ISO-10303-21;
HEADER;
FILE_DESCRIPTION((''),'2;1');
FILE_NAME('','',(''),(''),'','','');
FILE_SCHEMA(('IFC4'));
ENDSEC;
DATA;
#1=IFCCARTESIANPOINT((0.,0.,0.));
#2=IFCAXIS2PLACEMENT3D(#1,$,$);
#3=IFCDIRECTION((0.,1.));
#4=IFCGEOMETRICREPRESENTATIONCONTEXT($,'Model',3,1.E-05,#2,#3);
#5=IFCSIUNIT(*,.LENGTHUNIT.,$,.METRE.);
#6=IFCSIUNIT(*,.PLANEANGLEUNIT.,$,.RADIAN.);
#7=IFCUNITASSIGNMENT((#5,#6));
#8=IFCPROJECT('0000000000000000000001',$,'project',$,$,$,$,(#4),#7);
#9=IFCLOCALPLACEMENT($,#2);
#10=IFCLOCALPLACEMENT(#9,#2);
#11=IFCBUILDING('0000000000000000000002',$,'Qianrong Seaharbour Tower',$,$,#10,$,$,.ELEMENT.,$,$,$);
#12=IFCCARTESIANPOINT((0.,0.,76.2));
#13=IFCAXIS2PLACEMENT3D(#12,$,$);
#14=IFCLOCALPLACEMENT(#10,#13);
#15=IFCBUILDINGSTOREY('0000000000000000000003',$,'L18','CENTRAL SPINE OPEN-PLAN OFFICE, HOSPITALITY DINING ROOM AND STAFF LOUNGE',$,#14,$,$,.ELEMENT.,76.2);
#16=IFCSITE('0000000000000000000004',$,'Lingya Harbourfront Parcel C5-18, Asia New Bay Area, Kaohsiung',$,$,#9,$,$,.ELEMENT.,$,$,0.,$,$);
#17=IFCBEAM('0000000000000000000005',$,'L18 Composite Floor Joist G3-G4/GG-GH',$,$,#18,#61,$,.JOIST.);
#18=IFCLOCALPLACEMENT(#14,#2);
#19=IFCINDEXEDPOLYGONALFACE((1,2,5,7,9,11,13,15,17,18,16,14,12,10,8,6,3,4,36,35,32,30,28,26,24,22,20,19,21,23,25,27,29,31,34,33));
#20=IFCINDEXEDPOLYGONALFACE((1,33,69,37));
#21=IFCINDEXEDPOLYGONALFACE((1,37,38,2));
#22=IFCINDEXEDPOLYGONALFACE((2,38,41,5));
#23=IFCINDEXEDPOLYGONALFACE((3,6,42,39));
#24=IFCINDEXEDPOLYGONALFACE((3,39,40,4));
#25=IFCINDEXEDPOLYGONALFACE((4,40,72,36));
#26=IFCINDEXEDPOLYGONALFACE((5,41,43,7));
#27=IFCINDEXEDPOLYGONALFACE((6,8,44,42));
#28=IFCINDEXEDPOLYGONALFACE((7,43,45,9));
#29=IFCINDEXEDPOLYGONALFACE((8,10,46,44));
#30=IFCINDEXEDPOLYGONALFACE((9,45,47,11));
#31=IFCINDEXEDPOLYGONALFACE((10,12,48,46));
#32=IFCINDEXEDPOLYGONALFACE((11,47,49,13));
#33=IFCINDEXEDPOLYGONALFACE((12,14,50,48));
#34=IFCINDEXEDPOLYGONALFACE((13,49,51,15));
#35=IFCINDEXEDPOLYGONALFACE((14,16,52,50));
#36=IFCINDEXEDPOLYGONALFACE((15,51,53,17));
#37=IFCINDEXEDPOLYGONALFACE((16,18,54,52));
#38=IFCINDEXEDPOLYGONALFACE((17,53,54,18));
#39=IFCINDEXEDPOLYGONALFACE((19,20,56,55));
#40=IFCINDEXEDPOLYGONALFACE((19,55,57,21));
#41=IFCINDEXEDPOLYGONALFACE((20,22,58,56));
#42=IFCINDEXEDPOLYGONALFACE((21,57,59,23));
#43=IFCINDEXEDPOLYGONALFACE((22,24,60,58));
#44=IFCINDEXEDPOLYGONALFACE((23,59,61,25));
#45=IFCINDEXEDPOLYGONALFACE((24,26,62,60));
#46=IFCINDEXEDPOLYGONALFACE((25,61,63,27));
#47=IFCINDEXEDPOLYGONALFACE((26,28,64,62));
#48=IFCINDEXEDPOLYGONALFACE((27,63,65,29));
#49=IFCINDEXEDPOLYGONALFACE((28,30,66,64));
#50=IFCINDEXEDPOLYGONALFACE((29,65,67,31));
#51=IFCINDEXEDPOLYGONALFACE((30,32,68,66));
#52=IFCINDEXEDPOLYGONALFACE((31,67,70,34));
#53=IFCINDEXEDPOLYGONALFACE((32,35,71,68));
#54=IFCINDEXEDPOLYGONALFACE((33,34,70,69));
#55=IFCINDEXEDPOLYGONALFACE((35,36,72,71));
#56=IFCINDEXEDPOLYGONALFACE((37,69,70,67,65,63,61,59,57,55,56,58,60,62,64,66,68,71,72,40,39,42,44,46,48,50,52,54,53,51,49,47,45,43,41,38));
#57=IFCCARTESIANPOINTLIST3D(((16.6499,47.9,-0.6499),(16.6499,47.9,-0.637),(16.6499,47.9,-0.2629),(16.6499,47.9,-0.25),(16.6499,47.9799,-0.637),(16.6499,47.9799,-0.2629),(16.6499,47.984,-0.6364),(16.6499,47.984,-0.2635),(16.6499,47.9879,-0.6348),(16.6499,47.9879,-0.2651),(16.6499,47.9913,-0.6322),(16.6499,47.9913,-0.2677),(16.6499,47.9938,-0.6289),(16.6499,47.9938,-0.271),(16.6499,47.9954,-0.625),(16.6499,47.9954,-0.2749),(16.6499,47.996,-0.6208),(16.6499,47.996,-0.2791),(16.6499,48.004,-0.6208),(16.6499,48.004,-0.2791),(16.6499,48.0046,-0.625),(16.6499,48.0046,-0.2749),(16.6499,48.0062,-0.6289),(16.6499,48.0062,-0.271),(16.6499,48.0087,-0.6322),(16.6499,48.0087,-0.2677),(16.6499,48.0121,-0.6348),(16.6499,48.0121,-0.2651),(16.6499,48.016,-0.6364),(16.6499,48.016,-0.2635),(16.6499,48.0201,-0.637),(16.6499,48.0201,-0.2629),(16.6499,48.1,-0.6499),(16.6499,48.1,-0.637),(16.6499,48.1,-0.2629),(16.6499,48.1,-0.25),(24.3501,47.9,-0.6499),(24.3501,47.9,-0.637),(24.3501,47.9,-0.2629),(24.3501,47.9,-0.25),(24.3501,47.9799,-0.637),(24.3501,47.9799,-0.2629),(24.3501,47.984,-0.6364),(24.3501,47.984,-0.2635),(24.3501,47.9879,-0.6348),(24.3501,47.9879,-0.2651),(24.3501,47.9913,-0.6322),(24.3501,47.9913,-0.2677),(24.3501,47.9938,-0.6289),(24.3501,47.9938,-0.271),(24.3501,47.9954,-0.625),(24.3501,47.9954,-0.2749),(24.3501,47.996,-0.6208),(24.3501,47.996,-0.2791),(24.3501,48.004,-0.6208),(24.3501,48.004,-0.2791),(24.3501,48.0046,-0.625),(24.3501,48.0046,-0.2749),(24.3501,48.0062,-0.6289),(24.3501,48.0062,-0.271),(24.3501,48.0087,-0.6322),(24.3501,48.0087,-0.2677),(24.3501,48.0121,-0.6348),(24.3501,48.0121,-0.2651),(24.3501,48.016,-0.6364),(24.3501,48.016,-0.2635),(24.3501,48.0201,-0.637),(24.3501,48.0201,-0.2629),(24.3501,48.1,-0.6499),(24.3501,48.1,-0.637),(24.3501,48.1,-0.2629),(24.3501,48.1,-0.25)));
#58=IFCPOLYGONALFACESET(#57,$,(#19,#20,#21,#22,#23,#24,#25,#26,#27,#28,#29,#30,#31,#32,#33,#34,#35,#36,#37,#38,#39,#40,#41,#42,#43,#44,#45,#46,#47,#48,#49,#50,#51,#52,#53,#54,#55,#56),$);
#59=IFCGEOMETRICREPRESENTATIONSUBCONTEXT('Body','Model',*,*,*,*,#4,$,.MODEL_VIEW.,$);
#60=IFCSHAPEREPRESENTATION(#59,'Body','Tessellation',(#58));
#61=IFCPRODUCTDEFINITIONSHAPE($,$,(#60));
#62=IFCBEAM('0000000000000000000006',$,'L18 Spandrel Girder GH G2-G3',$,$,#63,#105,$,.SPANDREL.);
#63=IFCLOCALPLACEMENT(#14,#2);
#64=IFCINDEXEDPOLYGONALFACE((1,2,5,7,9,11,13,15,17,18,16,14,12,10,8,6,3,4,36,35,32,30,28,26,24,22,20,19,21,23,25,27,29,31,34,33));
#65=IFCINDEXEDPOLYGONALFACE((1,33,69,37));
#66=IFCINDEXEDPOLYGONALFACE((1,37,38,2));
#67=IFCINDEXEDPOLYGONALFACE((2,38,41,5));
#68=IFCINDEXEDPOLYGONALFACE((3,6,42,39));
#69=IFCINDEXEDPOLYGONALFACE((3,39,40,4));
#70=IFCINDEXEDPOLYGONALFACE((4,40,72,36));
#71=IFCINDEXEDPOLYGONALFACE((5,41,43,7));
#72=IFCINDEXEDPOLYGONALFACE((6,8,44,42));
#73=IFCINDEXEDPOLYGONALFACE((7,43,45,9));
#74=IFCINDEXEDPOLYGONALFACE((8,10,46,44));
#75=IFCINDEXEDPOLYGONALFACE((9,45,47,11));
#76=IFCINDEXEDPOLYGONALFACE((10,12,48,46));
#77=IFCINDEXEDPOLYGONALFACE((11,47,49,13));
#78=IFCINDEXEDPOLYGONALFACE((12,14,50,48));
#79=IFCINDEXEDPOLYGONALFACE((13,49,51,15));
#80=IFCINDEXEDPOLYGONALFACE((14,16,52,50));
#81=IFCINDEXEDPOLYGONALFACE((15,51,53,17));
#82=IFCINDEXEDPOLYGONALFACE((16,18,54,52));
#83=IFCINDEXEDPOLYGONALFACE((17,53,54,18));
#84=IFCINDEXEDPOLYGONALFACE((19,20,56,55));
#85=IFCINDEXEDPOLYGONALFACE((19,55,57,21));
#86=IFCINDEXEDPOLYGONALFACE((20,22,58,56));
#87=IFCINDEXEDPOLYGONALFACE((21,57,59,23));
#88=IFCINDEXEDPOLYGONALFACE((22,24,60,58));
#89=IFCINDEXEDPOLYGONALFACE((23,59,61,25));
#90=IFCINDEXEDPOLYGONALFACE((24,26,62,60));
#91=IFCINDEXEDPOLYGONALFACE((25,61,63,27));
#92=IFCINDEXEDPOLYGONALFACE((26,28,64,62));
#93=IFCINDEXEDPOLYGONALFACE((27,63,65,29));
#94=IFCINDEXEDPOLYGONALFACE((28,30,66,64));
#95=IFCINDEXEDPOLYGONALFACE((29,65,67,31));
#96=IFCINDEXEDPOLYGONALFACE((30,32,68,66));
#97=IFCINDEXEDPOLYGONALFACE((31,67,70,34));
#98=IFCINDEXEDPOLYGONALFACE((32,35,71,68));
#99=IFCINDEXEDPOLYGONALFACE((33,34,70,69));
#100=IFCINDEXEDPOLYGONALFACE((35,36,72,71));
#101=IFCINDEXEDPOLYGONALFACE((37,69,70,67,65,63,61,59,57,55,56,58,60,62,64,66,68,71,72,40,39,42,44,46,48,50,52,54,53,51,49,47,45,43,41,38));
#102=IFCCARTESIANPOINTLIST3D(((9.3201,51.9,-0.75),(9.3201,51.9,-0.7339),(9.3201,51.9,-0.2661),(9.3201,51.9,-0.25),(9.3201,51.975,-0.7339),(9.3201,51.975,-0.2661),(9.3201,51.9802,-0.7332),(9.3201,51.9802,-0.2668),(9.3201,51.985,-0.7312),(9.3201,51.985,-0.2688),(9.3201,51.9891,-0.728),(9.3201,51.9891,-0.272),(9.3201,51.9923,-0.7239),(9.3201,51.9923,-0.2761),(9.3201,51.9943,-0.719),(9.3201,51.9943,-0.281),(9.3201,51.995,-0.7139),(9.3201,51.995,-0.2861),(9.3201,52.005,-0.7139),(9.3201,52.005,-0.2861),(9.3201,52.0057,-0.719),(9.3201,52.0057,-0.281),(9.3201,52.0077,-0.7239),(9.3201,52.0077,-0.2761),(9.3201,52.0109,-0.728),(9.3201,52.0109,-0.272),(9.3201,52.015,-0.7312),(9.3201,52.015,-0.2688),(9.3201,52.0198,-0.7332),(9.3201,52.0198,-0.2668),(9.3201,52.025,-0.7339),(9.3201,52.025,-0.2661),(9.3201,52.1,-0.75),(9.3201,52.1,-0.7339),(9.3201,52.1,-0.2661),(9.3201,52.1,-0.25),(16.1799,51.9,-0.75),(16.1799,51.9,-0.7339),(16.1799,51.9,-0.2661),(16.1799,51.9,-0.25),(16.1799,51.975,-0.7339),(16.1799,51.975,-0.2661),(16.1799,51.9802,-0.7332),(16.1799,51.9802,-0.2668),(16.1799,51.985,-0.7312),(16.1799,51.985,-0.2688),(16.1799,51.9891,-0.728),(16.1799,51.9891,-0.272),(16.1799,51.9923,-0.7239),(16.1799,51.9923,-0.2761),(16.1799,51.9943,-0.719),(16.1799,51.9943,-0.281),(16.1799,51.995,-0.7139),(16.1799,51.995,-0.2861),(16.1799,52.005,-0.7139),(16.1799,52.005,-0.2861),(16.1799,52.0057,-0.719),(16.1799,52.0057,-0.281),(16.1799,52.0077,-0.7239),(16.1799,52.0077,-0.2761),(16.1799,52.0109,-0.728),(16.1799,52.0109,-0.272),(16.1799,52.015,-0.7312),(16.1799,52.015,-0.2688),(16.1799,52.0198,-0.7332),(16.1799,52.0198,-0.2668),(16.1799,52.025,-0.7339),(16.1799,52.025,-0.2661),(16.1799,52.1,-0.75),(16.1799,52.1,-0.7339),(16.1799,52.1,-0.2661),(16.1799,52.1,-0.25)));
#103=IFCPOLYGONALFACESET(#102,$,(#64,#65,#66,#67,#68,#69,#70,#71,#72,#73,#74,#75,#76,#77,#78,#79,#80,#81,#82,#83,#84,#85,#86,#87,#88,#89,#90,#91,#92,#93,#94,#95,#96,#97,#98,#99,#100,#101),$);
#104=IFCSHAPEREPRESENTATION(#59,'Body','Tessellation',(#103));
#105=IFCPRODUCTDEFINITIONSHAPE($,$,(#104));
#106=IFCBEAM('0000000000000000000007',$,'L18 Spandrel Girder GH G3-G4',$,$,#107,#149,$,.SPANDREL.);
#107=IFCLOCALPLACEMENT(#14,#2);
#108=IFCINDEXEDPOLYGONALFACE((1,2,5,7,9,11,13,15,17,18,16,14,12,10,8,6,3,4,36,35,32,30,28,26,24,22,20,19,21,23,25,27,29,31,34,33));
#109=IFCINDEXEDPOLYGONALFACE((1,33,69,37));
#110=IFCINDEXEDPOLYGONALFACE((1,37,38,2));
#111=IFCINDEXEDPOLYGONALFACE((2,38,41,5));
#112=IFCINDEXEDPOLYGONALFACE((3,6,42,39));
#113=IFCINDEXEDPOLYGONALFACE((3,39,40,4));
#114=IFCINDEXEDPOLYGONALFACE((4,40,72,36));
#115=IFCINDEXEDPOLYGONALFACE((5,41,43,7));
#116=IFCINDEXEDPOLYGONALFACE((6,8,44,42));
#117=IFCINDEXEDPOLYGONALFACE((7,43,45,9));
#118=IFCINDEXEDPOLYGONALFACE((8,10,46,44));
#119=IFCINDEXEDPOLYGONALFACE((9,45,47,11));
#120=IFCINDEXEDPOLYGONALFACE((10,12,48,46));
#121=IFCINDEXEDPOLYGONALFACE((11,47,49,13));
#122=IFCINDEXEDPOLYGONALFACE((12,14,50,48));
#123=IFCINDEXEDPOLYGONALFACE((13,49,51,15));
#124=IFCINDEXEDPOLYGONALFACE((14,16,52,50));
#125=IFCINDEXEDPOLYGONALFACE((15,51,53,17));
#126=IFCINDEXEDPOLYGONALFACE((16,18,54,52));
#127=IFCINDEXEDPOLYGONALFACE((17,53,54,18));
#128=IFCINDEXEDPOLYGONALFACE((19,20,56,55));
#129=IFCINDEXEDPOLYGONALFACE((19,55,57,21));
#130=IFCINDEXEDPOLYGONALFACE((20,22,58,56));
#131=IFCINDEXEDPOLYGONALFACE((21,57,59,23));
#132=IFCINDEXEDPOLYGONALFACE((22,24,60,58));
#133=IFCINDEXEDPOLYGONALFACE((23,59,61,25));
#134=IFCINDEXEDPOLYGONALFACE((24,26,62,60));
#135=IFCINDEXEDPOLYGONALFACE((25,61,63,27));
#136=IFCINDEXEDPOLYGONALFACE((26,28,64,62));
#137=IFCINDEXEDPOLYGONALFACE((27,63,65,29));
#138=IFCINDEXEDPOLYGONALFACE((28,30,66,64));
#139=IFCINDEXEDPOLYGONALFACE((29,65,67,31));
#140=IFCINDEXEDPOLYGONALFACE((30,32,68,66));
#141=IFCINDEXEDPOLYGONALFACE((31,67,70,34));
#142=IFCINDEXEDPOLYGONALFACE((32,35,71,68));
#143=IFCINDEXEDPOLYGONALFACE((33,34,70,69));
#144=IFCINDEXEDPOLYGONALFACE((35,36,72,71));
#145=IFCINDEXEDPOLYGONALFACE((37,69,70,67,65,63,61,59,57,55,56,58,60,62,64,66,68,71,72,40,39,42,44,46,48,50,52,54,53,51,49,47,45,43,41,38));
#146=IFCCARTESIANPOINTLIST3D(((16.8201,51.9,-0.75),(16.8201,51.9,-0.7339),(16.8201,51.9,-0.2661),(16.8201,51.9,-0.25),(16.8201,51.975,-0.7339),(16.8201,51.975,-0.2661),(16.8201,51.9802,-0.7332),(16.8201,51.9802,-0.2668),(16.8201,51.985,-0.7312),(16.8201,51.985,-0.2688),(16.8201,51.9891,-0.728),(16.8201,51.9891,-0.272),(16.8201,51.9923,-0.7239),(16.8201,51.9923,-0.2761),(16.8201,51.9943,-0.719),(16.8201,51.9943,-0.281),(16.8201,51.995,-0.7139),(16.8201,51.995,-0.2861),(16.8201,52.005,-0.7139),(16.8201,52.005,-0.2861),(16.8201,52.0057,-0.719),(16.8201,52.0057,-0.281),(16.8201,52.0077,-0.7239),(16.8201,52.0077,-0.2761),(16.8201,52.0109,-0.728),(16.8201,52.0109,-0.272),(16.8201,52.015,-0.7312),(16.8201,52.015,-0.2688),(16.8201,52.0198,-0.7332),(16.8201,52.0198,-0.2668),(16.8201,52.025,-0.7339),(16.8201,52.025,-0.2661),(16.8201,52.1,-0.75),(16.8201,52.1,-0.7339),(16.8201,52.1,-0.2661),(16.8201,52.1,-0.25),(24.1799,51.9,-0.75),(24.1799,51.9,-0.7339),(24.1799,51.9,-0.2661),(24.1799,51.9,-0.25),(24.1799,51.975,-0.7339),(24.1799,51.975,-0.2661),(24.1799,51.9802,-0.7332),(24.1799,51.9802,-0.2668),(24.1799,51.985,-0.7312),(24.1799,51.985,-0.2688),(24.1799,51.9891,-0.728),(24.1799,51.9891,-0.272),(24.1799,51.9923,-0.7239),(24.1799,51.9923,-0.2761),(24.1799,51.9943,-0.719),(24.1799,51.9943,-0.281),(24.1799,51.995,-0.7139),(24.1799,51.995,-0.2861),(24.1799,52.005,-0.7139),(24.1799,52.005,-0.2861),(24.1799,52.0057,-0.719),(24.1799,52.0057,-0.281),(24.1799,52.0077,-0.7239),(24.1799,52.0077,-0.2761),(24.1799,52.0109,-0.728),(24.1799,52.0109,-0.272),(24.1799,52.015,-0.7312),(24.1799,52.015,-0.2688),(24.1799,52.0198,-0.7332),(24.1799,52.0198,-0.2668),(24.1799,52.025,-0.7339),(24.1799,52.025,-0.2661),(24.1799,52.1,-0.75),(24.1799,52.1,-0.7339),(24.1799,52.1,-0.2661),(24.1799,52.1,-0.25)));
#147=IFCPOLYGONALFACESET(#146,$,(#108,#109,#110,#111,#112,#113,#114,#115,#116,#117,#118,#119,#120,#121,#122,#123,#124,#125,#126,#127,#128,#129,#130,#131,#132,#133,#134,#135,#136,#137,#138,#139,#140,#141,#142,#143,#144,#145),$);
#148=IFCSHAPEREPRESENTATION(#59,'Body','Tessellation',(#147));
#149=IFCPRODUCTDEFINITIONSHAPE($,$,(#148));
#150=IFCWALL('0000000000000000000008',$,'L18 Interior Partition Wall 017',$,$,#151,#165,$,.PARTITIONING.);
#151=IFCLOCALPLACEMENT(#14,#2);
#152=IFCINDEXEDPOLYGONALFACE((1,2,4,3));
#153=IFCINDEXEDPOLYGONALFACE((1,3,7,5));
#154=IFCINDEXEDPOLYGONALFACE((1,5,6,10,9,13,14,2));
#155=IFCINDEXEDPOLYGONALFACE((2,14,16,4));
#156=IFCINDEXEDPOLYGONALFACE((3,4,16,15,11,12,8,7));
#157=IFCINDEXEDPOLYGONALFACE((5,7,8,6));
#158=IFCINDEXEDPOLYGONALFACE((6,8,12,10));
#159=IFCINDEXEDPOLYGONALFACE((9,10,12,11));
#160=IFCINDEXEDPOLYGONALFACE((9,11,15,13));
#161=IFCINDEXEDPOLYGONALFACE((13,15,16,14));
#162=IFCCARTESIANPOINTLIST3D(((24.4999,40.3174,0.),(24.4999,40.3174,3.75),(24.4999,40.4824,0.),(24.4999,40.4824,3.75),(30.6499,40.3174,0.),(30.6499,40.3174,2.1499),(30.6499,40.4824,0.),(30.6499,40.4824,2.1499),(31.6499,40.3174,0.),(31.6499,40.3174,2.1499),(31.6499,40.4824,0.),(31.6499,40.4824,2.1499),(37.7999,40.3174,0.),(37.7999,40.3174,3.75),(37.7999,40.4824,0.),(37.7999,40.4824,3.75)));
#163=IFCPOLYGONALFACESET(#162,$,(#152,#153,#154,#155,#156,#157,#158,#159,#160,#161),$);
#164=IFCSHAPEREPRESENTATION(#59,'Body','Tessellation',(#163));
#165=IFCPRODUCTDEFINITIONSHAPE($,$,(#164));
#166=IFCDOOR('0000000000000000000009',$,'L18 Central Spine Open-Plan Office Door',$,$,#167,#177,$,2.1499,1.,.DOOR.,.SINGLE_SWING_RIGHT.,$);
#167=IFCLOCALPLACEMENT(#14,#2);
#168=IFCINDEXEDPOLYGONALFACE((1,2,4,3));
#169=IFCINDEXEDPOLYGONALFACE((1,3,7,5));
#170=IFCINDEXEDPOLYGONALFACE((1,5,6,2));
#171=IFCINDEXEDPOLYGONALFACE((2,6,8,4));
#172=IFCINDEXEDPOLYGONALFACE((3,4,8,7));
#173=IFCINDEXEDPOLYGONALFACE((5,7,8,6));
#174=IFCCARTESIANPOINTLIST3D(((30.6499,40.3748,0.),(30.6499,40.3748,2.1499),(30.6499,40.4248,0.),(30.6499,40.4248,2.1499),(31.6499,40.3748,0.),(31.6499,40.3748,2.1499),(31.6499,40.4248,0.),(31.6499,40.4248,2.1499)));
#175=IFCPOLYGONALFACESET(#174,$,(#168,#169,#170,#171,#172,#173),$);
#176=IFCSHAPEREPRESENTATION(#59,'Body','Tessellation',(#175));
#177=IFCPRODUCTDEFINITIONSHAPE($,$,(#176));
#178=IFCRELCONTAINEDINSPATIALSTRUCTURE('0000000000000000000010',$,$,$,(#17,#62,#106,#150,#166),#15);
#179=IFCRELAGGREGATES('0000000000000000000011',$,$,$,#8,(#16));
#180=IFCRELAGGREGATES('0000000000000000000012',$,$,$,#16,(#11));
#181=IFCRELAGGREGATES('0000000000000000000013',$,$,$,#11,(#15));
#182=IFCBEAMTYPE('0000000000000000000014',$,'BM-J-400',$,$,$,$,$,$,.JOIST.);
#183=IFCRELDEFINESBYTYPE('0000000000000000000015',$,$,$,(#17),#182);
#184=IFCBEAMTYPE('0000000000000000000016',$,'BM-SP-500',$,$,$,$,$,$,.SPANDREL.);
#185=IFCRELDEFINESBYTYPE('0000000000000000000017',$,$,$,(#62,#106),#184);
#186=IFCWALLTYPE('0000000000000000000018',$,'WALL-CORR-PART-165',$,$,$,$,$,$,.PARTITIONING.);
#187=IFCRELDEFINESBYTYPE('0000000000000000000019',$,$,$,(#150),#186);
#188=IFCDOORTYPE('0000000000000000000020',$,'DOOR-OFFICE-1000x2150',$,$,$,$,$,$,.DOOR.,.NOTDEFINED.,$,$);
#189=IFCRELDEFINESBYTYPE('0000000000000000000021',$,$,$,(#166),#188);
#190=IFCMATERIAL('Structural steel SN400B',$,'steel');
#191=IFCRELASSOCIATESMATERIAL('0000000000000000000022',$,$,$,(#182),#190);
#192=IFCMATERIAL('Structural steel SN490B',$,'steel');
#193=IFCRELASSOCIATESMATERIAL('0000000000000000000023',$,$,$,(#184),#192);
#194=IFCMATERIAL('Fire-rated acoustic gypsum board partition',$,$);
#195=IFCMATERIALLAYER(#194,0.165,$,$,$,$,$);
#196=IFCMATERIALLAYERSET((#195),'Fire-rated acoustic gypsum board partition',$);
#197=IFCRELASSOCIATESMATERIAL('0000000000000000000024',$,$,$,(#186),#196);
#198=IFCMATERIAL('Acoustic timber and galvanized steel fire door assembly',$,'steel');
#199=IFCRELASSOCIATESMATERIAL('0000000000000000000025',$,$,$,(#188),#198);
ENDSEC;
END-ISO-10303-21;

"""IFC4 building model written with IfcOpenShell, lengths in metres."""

from ifc_helpers import new_model, si_unit, direction, frame, frame_2d, origin, origin_2d, place, context, subcontext, project, spatial, rectangle, i_section, extrude, material, layer, layer_set, material_profile, profile_set, type_object, element, fill, save


model = new_model("IFC4")

# Units and contexts
model_context = context("Model", 3, precision=1e-05, world=origin(), true_north=direction((0.0, 1.0)))
body_context = subcontext(model_context, "Body", "Model", "MODEL_VIEW")
ifc_project = project(units=[si_unit("LENGTHUNIT", "METRE"), si_unit("PLANEANGLEUNIT", "RADIAN")], contexts=[model_context])

# Site, building, storey
site_placement = place(None, origin())
site = spatial("IfcSite", under=ifc_project, at=site_placement, Name="Lingya Harbourfront Parcel C5-18, Asia New Bay Area, Kaohsiung", CompositionType="ELEMENT", RefElevation=0.0)
building_placement = place(site_placement, origin())
building = spatial("IfcBuilding", under=site, at=building_placement, Name="Qianrong Seaharbour Tower", CompositionType="ELEMENT")
storey_placement = place(building_placement, frame((0.0, 0.0, 76.2)))
storey = spatial("IfcBuildingStorey", under=building, at=storey_placement, Name="L18", Description="CENTRAL SPINE OPEN-PLAN OFFICE, HOSPITALITY DINING ROOM AND STAFF LOUNGE", CompositionType="ELEMENT", Elevation=76.2)

# Shared definitions
ifc_material_1 = material(Name="Structural steel SN490B", Category="steel")

# Beams
ifc_material_2 = material(Name="Structural steel SN400B", Category="steel")
ifc_material_profile_1 = material_profile(ifc_material_2, i_section(OverallWidth=0.2, OverallDepth=0.3999, WebThickness=0.0081, FlangeThickness=0.0129, FilletRadius=0.0161, at=origin_2d()), Name="H400x200x8x13")
ifc_profile_set_1 = profile_set([ifc_material_profile_1], Name="Structural steel SN400B")
beam_type_1 = type_object("IfcBeamType", Name="BM-J-400", PredefinedType="JOIST", material=ifc_profile_set_1)
for number, where, z_axis, x_axis, name in (
    (1, (16.6499, 48.0, -0.45), (1.0, 0.0, 0.0), (0.0, 1.0, 0.0), "L18 Composite Floor Joist G3-G4/GG-GH"),
):
    element("IfcBeam", number, at=place(storey_placement, frame(where, z_axis=z_axis, x_axis=x_axis)), inside=storey, type_object=beam_type_1, Name=name, PredefinedType="JOIST", context=body_context, shape_type="SweptSolid", body=[
        extrude(i_section(OverallWidth=0.2, OverallDepth=0.3999, WebThickness=0.0081, FlangeThickness=0.0129, FilletRadius=0.0161, at=origin_2d()), origin(), (0.0, 0.0, 1.0), 7.7002),
    ])
ifc_material_profile_2 = material_profile(ifc_material_1, i_section(OverallWidth=0.2, OverallDepth=0.5, WebThickness=0.01, FlangeThickness=0.0161, FilletRadius=0.02, at=origin_2d()), Name="H500x200x10x16")
ifc_profile_set_2 = profile_set([ifc_material_profile_2], Name="Structural steel SN490B")
beam_type_2 = type_object("IfcBeamType", Name="BM-SP-500", PredefinedType="SPANDREL", material=ifc_profile_set_2)
beam_1_placement = place(storey_placement, frame((9.3201, 52.0, -0.5), z_axis=(1.0, 0.0, 0.0), x_axis=(0.0, 1.0, 0.0)))
element("IfcBeam", 2, at=beam_1_placement, inside=storey, type_object=beam_type_2, Name="L18 Spandrel Girder GH G2-G3", PredefinedType="SPANDREL", context=body_context, shape_type="SweptSolid", body=[
    extrude(i_section(OverallWidth=0.2, OverallDepth=0.5, WebThickness=0.01, FlangeThickness=0.0161, FilletRadius=0.02, at=origin_2d()), origin(), (0.0, 0.0, 1.0), 6.8599),
])
beam_2_placement = place(storey_placement, frame((16.8201, 52.0, -0.5), z_axis=(1.0, 0.0, 0.0), x_axis=(0.0, 1.0, 0.0)))
element("IfcBeam", 3, at=beam_2_placement, inside=storey, type_object=beam_type_2, Name="L18 Spandrel Girder GH G3-G4", PredefinedType="SPANDREL", context=body_context, shape_type="SweptSolid", body=[
    extrude(i_section(OverallWidth=0.2, OverallDepth=0.5, WebThickness=0.01, FlangeThickness=0.0161, FilletRadius=0.02, at=origin_2d()), origin(), (0.0, 0.0, 1.0), 7.3599),
])

# Wall, opening, door
ifc_material_3 = material(Name="Fire-rated acoustic gypsum board partition")
ifc_layer_1 = layer(ifc_material_3, 0.165)
ifc_layer_set_1 = layer_set([ifc_layer_1], Name="Fire-rated acoustic gypsum board partition")
wall_type_1 = type_object("IfcWallType", Name="WALL-CORR-PART-165", PredefinedType="PARTITIONING", material=ifc_layer_set_1)
wall_1_placement = place(storey_placement, frame((24.5, 40.3999, 0.0), z_axis=(0.0, 0.0, 1.0), x_axis=(1.0, 0.0, 0.0)))
wall_1 = element("IfcWall", 4, at=wall_1_placement, inside=storey, type_object=wall_type_1, Name="L18 Interior Partition Wall 017", PredefinedType="PARTITIONING", context=body_context, shape_type="SweptSolid", body=[
    extrude(rectangle(XDim=13.3, YDim=0.165, at=frame_2d((6.6499, 0.0))), origin(), (0.0, 0.0, 1.0), 3.75),
])
opening_1_placement = place(wall_1_placement, frame((6.1499, 0.0, 0.0)))
opening_1 = element("IfcOpeningElement", 5, at=opening_1_placement, cuts=wall_1, PredefinedType="OPENING", context=body_context, shape_type="SweptSolid", body=[
    extrude(rectangle(XDim=1.0, YDim=2.1499, at=frame_2d((0.5, 1.075))), frame((0.0, 0.0925, 0.0), z_axis=(0.0, -1.0, 0.0), x_axis=(1.0, 0.0, 0.0)), (0.0, 0.0, 1.0), 0.1851),
])
ifc_material_4 = material(Name="Acoustic timber and galvanized steel fire door assembly", Category="steel")
door_type = type_object("IfcDoorType", Name="DOOR-OFFICE-1000x2150", OperationType="NOTDEFINED", PredefinedType="DOOR", material=ifc_material_4)
door_1_placement = place(opening_1_placement, origin())
door_1 = element("IfcDoor", 6, at=door_1_placement, inside=storey, type_object=door_type, Name="L18 Central Spine Open-Plan Office Door", OperationType="SINGLE_SWING_RIGHT", OverallHeight=2.1499, OverallWidth=1.0, PredefinedType="DOOR", context=body_context, shape_type="SweptSolid", body=[
    extrude(rectangle(XDim=1.0, YDim=2.1499, at=frame_2d((0.5, 1.075))), frame((0.0, 0.0249, 0.0), z_axis=(0.0, -1.0, 0.0), x_axis=(1.0, 0.0, 0.0)), (0.0, 0.0, 1.0), 0.05),
])
fill(opening_1, door_1)

save(model, "model.ifc")
